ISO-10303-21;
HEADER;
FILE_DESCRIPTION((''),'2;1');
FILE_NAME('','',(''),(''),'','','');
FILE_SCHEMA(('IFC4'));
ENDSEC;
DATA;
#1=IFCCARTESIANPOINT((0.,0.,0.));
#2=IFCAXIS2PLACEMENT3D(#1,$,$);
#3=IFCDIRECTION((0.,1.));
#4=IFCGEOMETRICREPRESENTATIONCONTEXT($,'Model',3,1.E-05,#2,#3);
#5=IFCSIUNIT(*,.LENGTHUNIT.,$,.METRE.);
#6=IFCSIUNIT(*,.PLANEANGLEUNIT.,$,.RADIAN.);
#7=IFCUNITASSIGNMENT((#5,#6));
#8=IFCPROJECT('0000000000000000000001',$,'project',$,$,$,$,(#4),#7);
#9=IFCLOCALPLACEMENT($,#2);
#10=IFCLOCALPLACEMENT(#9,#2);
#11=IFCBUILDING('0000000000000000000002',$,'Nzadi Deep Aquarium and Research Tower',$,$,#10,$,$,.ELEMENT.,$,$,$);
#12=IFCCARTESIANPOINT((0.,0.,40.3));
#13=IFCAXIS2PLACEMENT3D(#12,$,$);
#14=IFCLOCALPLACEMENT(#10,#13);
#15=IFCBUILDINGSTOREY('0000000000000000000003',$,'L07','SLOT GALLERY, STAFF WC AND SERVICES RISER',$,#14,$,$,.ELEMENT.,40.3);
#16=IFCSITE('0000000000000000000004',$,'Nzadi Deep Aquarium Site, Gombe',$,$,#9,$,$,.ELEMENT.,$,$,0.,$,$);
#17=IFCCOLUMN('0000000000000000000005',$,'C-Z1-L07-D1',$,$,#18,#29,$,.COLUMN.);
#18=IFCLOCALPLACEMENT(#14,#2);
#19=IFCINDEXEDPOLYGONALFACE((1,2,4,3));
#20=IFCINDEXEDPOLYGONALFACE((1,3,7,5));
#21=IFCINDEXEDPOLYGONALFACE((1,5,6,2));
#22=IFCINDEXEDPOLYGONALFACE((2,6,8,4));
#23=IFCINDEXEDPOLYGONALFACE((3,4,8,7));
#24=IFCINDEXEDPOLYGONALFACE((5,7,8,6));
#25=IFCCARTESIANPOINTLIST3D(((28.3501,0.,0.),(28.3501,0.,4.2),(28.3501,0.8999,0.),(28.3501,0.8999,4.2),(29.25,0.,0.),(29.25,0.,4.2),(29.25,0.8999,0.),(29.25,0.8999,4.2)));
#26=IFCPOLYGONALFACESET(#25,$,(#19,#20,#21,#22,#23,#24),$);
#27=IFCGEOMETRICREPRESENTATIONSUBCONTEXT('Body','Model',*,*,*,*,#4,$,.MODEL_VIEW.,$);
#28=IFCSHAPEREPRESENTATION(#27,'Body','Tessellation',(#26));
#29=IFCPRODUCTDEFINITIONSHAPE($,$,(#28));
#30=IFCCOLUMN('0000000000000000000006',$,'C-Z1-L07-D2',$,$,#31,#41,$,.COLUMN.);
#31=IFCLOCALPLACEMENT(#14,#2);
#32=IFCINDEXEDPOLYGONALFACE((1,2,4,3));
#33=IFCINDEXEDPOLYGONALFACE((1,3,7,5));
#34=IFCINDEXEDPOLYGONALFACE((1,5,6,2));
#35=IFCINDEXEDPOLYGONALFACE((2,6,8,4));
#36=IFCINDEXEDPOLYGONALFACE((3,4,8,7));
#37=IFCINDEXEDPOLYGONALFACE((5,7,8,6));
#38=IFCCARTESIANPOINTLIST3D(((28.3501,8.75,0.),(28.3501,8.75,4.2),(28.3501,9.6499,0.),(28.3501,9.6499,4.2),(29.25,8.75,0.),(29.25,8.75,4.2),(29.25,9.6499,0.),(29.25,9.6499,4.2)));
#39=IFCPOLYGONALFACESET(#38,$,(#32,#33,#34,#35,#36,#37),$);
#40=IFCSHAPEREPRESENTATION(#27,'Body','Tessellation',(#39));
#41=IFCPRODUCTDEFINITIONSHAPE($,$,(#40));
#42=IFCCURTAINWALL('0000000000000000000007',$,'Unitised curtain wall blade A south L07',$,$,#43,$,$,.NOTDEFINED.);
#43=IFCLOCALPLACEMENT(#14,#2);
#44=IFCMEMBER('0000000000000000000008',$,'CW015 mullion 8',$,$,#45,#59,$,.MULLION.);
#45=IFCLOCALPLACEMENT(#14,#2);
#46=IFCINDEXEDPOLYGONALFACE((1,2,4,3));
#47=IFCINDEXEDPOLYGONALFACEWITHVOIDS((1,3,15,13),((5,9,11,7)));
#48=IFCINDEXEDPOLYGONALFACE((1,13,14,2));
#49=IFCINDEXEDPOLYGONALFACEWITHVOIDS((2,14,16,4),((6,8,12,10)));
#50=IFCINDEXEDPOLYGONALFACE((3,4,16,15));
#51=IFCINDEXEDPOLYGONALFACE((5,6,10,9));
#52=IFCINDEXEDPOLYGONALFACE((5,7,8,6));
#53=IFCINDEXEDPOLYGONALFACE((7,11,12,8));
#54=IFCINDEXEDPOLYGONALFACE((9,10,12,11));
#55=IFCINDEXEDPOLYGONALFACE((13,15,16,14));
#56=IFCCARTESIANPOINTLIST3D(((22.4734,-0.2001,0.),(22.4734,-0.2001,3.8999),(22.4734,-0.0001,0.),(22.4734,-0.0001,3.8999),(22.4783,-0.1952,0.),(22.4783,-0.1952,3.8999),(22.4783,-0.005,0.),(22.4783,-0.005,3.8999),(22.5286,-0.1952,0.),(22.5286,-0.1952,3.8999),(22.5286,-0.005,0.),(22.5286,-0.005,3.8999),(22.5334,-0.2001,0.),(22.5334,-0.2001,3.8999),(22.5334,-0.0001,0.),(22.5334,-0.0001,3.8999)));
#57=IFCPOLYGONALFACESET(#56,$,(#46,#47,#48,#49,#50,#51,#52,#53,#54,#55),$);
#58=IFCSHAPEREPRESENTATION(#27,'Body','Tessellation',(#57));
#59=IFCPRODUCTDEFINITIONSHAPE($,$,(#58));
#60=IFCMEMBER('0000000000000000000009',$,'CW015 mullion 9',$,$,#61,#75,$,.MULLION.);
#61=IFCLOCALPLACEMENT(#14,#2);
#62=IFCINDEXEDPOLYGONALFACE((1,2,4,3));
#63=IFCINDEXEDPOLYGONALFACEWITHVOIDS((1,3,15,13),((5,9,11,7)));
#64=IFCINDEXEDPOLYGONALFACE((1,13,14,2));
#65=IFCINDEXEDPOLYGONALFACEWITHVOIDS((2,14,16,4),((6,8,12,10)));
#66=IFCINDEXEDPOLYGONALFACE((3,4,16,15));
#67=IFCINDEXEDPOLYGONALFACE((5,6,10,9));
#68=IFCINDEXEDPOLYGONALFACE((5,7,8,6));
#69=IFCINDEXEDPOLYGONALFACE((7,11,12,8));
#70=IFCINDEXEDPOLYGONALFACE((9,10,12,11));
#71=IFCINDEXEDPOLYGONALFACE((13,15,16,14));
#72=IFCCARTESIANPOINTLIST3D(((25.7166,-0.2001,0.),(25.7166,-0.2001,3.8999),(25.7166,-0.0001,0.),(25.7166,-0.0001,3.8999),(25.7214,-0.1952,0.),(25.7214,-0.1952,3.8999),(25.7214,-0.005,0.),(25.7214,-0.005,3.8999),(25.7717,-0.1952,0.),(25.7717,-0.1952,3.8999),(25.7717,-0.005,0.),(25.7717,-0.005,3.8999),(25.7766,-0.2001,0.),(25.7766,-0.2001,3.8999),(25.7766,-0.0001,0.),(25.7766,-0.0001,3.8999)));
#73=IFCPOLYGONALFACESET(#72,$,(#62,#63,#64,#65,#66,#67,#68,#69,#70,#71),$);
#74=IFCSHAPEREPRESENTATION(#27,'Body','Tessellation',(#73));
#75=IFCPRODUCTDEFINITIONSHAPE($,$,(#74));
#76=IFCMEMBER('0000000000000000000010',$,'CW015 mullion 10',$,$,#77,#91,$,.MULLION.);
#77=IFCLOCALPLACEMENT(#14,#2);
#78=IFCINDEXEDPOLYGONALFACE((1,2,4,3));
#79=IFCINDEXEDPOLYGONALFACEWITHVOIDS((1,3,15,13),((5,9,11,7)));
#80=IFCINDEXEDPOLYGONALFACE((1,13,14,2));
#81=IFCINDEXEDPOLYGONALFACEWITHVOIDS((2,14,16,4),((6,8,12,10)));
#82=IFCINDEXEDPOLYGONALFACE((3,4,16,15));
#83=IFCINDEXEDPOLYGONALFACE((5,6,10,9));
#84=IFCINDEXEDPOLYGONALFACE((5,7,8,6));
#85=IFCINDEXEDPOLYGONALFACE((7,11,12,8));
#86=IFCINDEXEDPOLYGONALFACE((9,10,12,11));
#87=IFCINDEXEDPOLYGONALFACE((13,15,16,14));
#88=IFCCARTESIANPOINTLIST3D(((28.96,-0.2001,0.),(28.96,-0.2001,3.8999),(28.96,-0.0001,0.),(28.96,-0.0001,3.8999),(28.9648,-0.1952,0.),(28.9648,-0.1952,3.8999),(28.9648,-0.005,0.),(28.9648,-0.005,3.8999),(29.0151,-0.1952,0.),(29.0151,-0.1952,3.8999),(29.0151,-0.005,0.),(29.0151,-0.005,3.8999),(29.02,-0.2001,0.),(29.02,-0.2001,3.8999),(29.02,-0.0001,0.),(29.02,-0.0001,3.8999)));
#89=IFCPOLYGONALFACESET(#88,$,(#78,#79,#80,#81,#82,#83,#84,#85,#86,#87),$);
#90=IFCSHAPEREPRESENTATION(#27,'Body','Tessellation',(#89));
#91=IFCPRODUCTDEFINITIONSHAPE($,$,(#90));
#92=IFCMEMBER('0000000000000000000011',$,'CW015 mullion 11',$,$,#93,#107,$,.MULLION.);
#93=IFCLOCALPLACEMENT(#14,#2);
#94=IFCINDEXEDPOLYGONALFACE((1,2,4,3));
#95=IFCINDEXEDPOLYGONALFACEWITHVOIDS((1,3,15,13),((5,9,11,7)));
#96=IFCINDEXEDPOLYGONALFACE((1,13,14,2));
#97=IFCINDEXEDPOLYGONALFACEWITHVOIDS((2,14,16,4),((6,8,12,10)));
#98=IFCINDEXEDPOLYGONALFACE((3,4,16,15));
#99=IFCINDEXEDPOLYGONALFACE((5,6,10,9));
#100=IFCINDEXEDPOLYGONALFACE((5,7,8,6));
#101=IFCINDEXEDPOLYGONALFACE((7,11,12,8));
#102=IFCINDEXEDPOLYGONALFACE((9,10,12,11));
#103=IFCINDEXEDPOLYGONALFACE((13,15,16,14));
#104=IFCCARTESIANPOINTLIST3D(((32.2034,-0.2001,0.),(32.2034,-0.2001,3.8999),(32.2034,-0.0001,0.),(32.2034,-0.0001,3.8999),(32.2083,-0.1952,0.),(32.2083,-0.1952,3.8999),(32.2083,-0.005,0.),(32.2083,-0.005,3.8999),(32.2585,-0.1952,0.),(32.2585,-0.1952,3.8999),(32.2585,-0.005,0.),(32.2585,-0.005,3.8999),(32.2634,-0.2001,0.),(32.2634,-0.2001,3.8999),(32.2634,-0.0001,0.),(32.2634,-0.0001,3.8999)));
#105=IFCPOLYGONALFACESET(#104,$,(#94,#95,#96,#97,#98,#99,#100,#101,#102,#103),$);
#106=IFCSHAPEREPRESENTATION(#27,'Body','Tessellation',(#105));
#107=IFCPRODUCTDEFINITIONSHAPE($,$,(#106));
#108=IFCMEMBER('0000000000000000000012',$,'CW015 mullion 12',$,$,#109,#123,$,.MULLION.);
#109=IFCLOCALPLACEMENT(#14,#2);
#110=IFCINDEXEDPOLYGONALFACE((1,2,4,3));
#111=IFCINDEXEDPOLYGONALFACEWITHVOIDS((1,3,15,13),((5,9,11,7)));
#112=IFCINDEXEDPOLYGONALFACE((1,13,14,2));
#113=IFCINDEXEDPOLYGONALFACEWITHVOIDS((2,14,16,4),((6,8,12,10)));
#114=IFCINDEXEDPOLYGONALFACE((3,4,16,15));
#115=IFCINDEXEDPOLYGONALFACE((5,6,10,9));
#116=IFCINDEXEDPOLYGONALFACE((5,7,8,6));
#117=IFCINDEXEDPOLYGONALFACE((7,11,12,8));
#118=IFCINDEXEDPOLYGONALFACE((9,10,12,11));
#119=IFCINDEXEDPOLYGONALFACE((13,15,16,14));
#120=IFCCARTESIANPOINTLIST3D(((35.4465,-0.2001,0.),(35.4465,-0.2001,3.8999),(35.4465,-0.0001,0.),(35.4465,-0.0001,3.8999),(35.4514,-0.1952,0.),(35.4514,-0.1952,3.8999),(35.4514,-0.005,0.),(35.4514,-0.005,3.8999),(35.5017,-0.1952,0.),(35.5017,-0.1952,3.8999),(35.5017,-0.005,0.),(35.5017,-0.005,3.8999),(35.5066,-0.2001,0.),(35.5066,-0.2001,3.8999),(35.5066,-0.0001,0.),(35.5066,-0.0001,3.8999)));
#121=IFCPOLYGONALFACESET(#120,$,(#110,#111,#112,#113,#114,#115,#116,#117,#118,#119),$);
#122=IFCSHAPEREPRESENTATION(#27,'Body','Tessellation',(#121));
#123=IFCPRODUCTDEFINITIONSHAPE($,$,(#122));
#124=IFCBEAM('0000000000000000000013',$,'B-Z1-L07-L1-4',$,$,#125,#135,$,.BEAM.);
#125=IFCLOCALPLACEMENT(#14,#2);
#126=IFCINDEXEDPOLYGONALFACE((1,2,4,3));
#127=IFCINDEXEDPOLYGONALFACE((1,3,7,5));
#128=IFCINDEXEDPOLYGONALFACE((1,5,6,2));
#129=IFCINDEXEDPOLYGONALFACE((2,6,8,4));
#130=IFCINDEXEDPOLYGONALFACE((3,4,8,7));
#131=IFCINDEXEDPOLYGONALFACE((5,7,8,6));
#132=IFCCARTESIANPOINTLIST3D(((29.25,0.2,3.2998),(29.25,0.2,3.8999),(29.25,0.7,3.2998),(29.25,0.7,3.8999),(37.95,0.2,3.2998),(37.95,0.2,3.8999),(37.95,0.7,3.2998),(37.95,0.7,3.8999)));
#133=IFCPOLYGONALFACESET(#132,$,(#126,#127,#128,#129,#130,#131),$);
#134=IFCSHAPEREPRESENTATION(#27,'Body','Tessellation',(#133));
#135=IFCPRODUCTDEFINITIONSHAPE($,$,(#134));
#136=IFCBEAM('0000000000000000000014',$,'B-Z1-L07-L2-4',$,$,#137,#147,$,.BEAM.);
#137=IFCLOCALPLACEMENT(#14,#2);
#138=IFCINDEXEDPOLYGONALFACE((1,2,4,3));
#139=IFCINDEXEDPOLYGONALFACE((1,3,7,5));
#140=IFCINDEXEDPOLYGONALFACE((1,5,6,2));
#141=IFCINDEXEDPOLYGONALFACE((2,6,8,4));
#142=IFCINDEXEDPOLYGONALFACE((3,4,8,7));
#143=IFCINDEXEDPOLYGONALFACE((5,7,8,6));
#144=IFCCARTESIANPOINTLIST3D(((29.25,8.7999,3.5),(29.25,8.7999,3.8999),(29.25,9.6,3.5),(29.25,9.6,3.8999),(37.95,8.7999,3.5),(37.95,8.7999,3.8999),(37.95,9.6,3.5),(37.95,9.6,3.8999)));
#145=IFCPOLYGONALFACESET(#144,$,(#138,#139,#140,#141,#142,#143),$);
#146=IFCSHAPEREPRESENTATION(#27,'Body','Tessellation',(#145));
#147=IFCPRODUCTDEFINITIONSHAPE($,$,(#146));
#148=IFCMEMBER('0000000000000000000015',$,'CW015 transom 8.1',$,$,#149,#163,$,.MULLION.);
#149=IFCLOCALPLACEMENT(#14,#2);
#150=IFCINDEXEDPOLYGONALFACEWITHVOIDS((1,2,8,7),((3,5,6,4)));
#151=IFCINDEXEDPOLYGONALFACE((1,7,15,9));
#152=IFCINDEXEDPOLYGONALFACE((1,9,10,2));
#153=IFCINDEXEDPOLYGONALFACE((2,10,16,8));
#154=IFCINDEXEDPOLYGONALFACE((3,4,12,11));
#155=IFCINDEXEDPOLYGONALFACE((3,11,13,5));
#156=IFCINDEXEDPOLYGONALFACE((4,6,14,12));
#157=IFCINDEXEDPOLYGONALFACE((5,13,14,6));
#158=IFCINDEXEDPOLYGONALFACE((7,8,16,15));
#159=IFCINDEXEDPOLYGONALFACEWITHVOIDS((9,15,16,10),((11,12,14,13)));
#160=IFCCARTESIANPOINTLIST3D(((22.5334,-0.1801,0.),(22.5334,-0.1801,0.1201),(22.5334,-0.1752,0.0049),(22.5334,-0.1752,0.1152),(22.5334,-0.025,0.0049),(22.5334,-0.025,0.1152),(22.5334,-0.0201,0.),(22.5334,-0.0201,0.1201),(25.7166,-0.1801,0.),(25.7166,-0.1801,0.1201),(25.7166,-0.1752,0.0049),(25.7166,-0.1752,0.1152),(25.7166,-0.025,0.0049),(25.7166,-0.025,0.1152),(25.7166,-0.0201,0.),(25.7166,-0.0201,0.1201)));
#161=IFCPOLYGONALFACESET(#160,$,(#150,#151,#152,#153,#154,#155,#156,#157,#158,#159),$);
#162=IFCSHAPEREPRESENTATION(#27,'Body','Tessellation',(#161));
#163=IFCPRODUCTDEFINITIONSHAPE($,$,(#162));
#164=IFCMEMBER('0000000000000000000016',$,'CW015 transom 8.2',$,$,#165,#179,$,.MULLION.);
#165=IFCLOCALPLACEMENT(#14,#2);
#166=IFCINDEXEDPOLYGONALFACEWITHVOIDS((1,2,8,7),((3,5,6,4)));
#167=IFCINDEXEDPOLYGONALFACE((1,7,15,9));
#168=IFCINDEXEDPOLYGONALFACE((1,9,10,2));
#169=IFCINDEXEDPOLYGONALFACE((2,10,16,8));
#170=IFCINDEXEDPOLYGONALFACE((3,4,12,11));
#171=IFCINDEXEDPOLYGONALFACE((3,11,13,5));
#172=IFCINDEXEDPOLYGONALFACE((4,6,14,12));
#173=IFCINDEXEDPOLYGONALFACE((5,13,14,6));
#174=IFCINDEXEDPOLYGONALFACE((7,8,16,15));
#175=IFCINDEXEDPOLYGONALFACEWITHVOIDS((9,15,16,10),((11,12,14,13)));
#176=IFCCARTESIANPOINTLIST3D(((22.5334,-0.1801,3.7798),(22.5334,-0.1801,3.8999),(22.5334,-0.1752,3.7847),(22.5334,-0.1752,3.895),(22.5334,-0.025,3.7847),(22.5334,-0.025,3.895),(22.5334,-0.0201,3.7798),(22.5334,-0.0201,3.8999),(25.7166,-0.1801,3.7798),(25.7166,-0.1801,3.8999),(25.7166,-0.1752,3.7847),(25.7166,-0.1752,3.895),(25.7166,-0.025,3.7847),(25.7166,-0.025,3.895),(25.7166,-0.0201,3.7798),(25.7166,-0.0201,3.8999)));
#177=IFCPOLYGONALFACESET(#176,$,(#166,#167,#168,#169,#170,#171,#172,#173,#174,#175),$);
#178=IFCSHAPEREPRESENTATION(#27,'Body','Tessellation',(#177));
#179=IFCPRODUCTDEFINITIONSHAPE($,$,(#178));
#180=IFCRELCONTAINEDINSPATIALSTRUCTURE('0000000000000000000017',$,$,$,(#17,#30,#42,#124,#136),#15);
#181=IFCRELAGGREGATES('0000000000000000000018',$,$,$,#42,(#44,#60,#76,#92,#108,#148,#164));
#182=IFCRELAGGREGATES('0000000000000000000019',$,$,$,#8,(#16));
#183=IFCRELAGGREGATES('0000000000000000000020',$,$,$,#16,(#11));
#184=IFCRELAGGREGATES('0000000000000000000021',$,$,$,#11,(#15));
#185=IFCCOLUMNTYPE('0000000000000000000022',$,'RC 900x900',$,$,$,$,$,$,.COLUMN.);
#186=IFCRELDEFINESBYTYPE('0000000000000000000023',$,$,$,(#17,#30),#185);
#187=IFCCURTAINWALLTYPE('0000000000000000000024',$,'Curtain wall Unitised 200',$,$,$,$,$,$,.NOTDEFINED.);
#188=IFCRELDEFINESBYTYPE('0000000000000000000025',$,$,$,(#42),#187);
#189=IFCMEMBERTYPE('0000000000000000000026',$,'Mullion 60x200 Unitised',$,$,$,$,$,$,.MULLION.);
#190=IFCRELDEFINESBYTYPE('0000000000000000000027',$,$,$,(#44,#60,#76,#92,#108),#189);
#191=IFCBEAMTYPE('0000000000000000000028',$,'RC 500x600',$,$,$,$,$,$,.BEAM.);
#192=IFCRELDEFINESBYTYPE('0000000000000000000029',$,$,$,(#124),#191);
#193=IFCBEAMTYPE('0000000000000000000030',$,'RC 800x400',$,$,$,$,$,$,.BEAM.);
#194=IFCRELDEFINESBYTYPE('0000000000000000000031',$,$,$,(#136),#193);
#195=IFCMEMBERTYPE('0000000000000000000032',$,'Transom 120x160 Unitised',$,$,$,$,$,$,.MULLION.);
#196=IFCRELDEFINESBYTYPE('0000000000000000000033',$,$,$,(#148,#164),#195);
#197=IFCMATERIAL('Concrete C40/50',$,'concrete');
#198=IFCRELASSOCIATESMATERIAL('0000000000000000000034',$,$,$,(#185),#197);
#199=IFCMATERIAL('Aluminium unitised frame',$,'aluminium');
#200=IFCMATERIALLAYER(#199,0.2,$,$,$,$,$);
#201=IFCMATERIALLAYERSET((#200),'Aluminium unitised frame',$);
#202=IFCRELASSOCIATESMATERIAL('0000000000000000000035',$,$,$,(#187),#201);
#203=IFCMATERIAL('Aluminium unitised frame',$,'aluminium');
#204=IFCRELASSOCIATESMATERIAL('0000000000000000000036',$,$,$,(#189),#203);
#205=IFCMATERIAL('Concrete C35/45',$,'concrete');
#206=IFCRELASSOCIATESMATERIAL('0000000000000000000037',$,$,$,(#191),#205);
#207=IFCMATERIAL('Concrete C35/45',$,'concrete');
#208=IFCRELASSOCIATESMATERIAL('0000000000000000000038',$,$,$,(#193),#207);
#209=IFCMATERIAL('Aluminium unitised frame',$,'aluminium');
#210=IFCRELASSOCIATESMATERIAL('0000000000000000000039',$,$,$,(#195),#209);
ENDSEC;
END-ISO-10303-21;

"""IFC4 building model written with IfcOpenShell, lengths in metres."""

from ifc_helpers import new_model, si_unit, direction, frame, origin, origin_2d, place, context, subcontext, project, spatial, rectangle, hollow_rectangle, extrude, material, layer, layer_set, material_profile, profile_set, type_object, element, aggregate, save


model = new_model("IFC4")

# Units and contexts
model_context = context("Model", 3, precision=1e-05, world=origin(), true_north=direction((0.0, 1.0)))
body_context = subcontext(model_context, "Body", "Model", "MODEL_VIEW")
ifc_project = project(units=[si_unit("LENGTHUNIT", "METRE"), si_unit("PLANEANGLEUNIT", "RADIAN")], contexts=[model_context])

# Site, building, storey
site_placement = place(None, origin())
site = spatial("IfcSite", under=ifc_project, at=site_placement, Name="Nzadi Deep Aquarium Site, Gombe", CompositionType="ELEMENT", RefElevation=0.0)
building_placement = place(site_placement, origin())
building = spatial("IfcBuilding", under=site, at=building_placement, Name="Nzadi Deep Aquarium and Research Tower", CompositionType="ELEMENT")
storey_placement = place(building_placement, frame((0.0, 0.0, 40.3)))
storey = spatial("IfcBuildingStorey", under=building, at=storey_placement, Name="L07", Description="SLOT GALLERY, STAFF WC AND SERVICES RISER", CompositionType="ELEMENT", Elevation=40.3)

# Columns
ifc_material_1 = material(Name="Concrete C40/50", Category="concrete")
ifc_material_profile_1 = material_profile(ifc_material_1, rectangle(XDim=0.8999, YDim=0.8999, at=origin_2d()))
ifc_profile_set_1 = profile_set([ifc_material_profile_1], Name="Concrete C40/50")
column_type = type_object("IfcColumnType", Name="RC 900x900", PredefinedType="COLUMN", material=ifc_profile_set_1)
for number, where, z_axis, x_axis, name in (
    (1, (28.8, 0.45, 0.0), (0.0, 0.0, 1.0), (1.0, 0.0, 0.0), "C-Z1-L07-D1"),
    (2, (28.8, 9.2, 0.0), (0.0, 0.0, 1.0), (1.0, 0.0, 0.0), "C-Z1-L07-D2"),
):
    element("IfcColumn", number, at=place(storey_placement, frame(where, z_axis=z_axis, x_axis=x_axis)), inside=storey, type_object=column_type, Name=name, PredefinedType="COLUMN", context=body_context, shape_type="SweptSolid", body=[
        extrude(rectangle(XDim=0.8999, YDim=0.8999, at=origin_2d()), origin(), (0.0, 0.0, 1.0), 4.2),
    ])

# Curtain wall, members
ifc_material_2 = material(Name="Aluminium unitised frame", Category="aluminium")
ifc_layer_1 = layer(ifc_material_2, 0.2)
ifc_layer_set_1 = layer_set([ifc_layer_1], Name="Aluminium unitised frame")
curtain_wall_type = type_object("IfcCurtainWallType", Name="Curtain wall Unitised 200", PredefinedType="NOTDEFINED", material=ifc_layer_set_1)
curtain_wall_placement = place(storey_placement, origin())
curtain_wall = element("IfcCurtainWall", 3, at=curtain_wall_placement, inside=storey, type_object=curtain_wall_type, Name="Unitised curtain wall blade A south L07", PredefinedType="NOTDEFINED")
ifc_material_3 = material(Name="Aluminium unitised frame", Category="aluminium")
ifc_material_profile_2 = material_profile(ifc_material_3, hollow_rectangle(XDim=0.2, YDim=0.0601, WallThickness=0.0049, at=origin_2d()))
ifc_profile_set_2 = profile_set([ifc_material_profile_2], Name="Aluminium unitised frame")
member_type_1 = type_object("IfcMemberType", Name="Mullion 60x200 Unitised", PredefinedType="MULLION", material=ifc_profile_set_2)
member_1_placement = place(storey_placement, frame((22.5034, -0.1001, 0.0), z_axis=(0.0, 0.0, 1.0), x_axis=(0.0, 1.0, 0.0)))
member_1 = element("IfcMember", 4, at=member_1_placement, type_object=member_type_1, Name="CW015 mullion 8", PredefinedType="MULLION", context=body_context, shape_type="SweptSolid", body=[
    extrude(hollow_rectangle(XDim=0.2, YDim=0.0601, WallThickness=0.0049, at=origin_2d()), origin(), (0.0, 0.0, 1.0), 3.8999),
])
member_2_placement = place(storey_placement, frame((25.7466, -0.1001, 0.0), z_axis=(0.0, 0.0, 1.0), x_axis=(0.0, 1.0, 0.0)))
member_2 = element("IfcMember", 5, at=member_2_placement, type_object=member_type_1, Name="CW015 mullion 9", PredefinedType="MULLION", context=body_context, shape_type="SweptSolid", body=[
    extrude(hollow_rectangle(XDim=0.2, YDim=0.0601, WallThickness=0.0049, at=origin_2d()), origin(), (0.0, 0.0, 1.0), 3.8999),
])
member_3_placement = place(storey_placement, frame((28.99, -0.1001, 0.0), z_axis=(0.0, 0.0, 1.0), x_axis=(0.0, 1.0, 0.0)))
member_3 = element("IfcMember", 6, at=member_3_placement, type_object=member_type_1, Name="CW015 mullion 10", PredefinedType="MULLION", context=body_context, shape_type="SweptSolid", body=[
    extrude(hollow_rectangle(XDim=0.2, YDim=0.0601, WallThickness=0.0049, at=origin_2d()), origin(), (0.0, 0.0, 1.0), 3.8999),
])
member_4_placement = place(storey_placement, frame((32.2334, -0.1001, 0.0), z_axis=(0.0, 0.0, 1.0), x_axis=(0.0, 1.0, 0.0)))
member_4 = element("IfcMember", 7, at=member_4_placement, type_object=member_type_1, Name="CW015 mullion 11", PredefinedType="MULLION", context=body_context, shape_type="SweptSolid", body=[
    extrude(hollow_rectangle(XDim=0.2, YDim=0.0601, WallThickness=0.0049, at=origin_2d()), origin(), (0.0, 0.0, 1.0), 3.8999),
])
member_5_placement = place(storey_placement, frame((35.4766, -0.1001, 0.0), z_axis=(0.0, 0.0, 1.0), x_axis=(0.0, 1.0, 0.0)))
member_5 = element("IfcMember", 8, at=member_5_placement, type_object=member_type_1, Name="CW015 mullion 12", PredefinedType="MULLION", context=body_context, shape_type="SweptSolid", body=[
    extrude(hollow_rectangle(XDim=0.2, YDim=0.0601, WallThickness=0.0049, at=origin_2d()), origin(), (0.0, 0.0, 1.0), 3.8999),
])

# Beams
ifc_material_4 = material(Name="Concrete C35/45", Category="concrete")
ifc_material_profile_3 = material_profile(ifc_material_4, rectangle(XDim=0.5, YDim=0.6001, at=origin_2d()))
ifc_profile_set_3 = profile_set([ifc_material_profile_3], Name="Concrete C35/45")
beam_type_1 = type_object("IfcBeamType", Name="RC 500x600", PredefinedType="BEAM", material=ifc_profile_set_3)
beam_1_placement = place(storey_placement, frame((29.25, 0.45, 3.5999), z_axis=(1.0, 0.0, 0.0), x_axis=(0.0, 1.0, 0.0)))
element("IfcBeam", 9, at=beam_1_placement, inside=storey, type_object=beam_type_1, Name="B-Z1-L07-L1-4", PredefinedType="BEAM", context=body_context, shape_type="SweptSolid", body=[
    extrude(rectangle(XDim=0.5, YDim=0.6001, at=origin_2d()), origin(), (0.0, 0.0, 1.0), 8.7),
])
ifc_material_5 = material(Name="Concrete C35/45", Category="concrete")
ifc_material_profile_4 = material_profile(ifc_material_5, rectangle(XDim=0.8, YDim=0.3999, at=origin_2d()))
ifc_profile_set_4 = profile_set([ifc_material_profile_4], Name="Concrete C35/45")
beam_type_2 = type_object("IfcBeamType", Name="RC 800x400", PredefinedType="BEAM", material=ifc_profile_set_4)
beam_2_placement = place(storey_placement, frame((29.25, 9.2, 3.7), z_axis=(1.0, 0.0, 0.0), x_axis=(0.0, 1.0, 0.0)))
element("IfcBeam", 10, at=beam_2_placement, inside=storey, type_object=beam_type_2, Name="B-Z1-L07-L2-4", PredefinedType="BEAM", context=body_context, shape_type="SweptSolid", body=[
    extrude(rectangle(XDim=0.8, YDim=0.3999, at=origin_2d()), origin(), (0.0, 0.0, 1.0), 8.7),
])

# Members
ifc_material_6 = material(Name="Aluminium unitised frame", Category="aluminium")
ifc_material_profile_5 = material_profile(ifc_material_6, hollow_rectangle(XDim=0.1599, YDim=0.1201, WallThickness=0.0049, at=origin_2d()))
ifc_profile_set_5 = profile_set([ifc_material_profile_5], Name="Aluminium unitised frame")
member_type_2 = type_object("IfcMemberType", Name="Transom 120x160 Unitised", PredefinedType="MULLION", material=ifc_profile_set_5)
member_6_placement = place(storey_placement, frame((22.5334, -0.1001, 0.0601), z_axis=(1.0, 0.0, 0.0), x_axis=(0.0, 1.0, 0.0)))
member_6 = element("IfcMember", 11, at=member_6_placement, type_object=member_type_2, Name="CW015 transom 8.1", PredefinedType="MULLION", context=body_context, shape_type="SweptSolid", body=[
    extrude(hollow_rectangle(XDim=0.1599, YDim=0.1201, WallThickness=0.0049, at=origin_2d()), origin(), (0.0, 0.0, 1.0), 3.1831),
])
member_7_placement = place(storey_placement, frame((22.5334, -0.1001, 3.8398), z_axis=(1.0, 0.0, 0.0), x_axis=(0.0, 1.0, 0.0)))
member_7 = element("IfcMember", 12, at=member_7_placement, type_object=member_type_2, Name="CW015 transom 8.2", PredefinedType="MULLION", context=body_context, shape_type="SweptSolid", body=[
    extrude(hollow_rectangle(XDim=0.1599, YDim=0.1201, WallThickness=0.0049, at=origin_2d()), origin(), (0.0, 0.0, 1.0), 3.1831),
])

aggregate(curtain_wall, [member_1, member_2, member_3, member_4, member_5, member_6, member_7])

save(model, "model.ifc")
